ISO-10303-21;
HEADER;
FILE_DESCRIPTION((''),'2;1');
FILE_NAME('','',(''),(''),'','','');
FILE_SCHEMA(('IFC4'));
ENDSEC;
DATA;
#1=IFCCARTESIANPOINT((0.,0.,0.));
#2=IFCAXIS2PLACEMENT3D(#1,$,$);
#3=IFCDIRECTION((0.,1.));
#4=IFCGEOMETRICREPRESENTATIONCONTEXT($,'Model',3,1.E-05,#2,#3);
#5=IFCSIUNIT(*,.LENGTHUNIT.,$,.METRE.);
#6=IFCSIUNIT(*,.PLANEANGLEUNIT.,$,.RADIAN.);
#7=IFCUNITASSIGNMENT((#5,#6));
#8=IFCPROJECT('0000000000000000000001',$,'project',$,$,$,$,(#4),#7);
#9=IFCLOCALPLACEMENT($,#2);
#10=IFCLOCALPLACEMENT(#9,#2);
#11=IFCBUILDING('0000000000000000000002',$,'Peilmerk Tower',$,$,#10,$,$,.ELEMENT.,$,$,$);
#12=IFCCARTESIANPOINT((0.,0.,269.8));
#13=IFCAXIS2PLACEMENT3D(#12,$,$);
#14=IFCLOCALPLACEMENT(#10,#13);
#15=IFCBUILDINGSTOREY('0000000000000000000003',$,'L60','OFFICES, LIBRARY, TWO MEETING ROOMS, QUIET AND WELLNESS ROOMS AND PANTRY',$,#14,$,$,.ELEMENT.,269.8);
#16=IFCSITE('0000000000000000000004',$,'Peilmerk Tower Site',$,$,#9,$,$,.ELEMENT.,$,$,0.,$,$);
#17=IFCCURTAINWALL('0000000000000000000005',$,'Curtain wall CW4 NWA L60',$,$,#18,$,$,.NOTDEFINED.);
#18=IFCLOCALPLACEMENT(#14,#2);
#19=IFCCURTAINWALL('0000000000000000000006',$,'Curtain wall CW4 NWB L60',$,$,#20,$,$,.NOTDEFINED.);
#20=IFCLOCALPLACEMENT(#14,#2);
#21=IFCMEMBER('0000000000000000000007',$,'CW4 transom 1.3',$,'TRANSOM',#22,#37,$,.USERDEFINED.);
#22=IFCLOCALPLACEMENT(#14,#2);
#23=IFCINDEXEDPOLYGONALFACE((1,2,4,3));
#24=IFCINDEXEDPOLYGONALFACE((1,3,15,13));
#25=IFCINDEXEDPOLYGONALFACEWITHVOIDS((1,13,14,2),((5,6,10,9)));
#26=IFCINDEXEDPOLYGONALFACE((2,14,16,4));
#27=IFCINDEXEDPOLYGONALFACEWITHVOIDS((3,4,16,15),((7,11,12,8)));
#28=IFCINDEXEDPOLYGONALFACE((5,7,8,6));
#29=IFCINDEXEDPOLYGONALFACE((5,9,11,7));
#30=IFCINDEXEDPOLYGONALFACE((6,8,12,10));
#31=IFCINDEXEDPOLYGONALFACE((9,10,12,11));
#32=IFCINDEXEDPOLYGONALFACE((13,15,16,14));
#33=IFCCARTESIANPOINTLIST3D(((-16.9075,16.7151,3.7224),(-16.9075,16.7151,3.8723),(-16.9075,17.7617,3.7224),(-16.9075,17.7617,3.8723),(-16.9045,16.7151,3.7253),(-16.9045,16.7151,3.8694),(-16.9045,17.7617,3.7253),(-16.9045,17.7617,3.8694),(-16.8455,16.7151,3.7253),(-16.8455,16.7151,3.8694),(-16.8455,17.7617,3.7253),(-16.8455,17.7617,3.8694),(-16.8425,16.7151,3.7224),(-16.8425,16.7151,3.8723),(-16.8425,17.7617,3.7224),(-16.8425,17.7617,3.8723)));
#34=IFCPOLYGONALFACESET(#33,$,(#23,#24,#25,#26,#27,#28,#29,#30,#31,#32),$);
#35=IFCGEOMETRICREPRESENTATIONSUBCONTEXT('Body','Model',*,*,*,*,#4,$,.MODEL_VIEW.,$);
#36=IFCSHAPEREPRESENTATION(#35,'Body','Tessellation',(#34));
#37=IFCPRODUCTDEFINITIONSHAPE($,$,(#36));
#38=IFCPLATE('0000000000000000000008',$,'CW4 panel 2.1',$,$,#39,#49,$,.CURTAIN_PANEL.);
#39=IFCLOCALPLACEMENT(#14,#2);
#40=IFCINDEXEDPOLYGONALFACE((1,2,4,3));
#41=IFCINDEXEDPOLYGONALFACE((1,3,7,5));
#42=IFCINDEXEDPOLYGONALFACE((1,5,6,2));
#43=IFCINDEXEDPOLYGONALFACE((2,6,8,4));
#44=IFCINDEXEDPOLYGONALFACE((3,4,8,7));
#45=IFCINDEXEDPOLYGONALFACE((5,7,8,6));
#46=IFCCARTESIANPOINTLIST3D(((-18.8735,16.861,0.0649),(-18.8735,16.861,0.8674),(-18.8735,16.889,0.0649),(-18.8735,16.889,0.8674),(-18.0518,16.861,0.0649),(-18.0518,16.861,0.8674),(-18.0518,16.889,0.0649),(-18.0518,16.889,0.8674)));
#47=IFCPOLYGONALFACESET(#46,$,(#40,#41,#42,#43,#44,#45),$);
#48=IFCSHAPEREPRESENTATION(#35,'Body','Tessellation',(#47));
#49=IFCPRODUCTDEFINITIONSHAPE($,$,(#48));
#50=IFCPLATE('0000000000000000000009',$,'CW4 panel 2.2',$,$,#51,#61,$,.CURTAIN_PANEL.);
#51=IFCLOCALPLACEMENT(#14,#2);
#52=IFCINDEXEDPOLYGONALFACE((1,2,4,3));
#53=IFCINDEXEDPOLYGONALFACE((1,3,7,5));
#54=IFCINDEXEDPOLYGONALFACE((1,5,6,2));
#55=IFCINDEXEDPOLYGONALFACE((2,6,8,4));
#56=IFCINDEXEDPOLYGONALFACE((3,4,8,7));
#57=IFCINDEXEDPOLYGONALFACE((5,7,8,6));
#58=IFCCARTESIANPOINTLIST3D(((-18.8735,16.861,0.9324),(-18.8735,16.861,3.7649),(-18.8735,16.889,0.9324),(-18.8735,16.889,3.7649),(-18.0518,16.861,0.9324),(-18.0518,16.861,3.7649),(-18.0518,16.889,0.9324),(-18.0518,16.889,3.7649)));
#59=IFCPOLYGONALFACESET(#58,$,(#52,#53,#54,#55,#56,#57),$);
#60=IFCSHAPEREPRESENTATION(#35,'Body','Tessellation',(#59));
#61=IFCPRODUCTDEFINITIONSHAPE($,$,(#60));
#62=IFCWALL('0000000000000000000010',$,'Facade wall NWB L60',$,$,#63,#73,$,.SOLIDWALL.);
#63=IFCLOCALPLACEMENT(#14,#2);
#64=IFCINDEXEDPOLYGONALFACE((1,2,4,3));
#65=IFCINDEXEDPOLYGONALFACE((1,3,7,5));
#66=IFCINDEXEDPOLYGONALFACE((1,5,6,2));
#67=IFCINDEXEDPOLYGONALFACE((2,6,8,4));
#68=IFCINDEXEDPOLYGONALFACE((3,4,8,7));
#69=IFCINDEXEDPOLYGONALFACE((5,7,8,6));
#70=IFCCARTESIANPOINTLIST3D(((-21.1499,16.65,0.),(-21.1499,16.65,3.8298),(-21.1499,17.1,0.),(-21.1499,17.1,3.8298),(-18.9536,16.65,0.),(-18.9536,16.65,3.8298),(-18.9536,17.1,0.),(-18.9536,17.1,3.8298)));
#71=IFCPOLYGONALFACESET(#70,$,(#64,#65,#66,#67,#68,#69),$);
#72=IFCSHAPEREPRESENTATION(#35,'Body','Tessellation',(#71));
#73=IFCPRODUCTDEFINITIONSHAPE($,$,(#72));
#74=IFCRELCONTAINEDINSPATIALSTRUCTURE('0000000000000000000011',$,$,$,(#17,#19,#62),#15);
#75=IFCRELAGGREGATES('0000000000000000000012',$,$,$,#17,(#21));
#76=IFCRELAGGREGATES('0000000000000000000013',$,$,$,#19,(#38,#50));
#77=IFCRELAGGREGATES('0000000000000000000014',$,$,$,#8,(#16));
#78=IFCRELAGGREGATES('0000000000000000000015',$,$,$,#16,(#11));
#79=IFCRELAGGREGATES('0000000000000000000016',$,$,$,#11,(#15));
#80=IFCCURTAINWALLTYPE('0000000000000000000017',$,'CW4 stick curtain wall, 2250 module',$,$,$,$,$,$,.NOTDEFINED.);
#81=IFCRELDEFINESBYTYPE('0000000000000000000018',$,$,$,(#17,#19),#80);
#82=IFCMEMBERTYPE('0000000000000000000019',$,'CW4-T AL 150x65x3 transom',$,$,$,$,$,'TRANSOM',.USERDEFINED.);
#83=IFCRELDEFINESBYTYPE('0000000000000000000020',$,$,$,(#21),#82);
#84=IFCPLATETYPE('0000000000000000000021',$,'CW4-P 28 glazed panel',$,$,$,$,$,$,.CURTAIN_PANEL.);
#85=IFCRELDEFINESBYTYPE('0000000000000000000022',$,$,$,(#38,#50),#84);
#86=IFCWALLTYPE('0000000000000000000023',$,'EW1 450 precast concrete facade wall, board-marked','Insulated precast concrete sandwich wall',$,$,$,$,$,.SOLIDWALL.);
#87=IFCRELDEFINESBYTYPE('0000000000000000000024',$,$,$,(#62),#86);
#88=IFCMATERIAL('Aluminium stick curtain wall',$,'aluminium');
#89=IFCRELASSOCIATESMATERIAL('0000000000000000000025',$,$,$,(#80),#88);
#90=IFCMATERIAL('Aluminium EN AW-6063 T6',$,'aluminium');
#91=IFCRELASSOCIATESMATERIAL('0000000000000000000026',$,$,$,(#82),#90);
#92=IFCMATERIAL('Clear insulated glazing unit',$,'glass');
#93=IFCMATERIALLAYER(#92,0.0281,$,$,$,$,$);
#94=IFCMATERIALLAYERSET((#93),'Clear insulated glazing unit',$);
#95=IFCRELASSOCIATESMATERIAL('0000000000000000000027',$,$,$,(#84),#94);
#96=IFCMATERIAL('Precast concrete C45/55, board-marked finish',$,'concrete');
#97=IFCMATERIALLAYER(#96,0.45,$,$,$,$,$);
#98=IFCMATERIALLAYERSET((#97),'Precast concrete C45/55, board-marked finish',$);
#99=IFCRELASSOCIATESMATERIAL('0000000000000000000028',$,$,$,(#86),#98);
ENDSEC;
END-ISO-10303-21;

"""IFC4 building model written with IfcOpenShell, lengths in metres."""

from ifc_helpers import new_model, si_unit, direction, frame, frame_2d, origin, origin_2d, place, context, subcontext, project, spatial, rectangle, hollow_rectangle, extrude, material, layer, layer_set, material_profile, profile_set, type_object, element, aggregate, save


model = new_model("IFC4")

# Units and contexts
model_context = context("Model", 3, precision=1e-05, world=origin(), true_north=direction((0.0, 1.0)))
body_context = subcontext(model_context, "Body", "Model", "MODEL_VIEW")
ifc_project = project(units=[si_unit("LENGTHUNIT", "METRE"), si_unit("PLANEANGLEUNIT", "RADIAN")], contexts=[model_context])

# Site, building, storey
site_placement = place(None, origin())
site = spatial("IfcSite", under=ifc_project, at=site_placement, Name="Peilmerk Tower Site", CompositionType="ELEMENT", RefElevation=0.0)
building_placement = place(site_placement, origin())
building = spatial("IfcBuilding", under=site, at=building_placement, Name="Peilmerk Tower", CompositionType="ELEMENT")
storey_placement = place(building_placement, frame((0.0, 0.0, 269.8)))
storey = spatial("IfcBuildingStorey", under=building, at=storey_placement, Name="L60", Description="OFFICES, LIBRARY, TWO MEETING ROOMS, QUIET AND WELLNESS ROOMS AND PANTRY", CompositionType="ELEMENT", Elevation=269.8)

# Curtain walls
ifc_material_1 = material(Name="Aluminium stick curtain wall", Category="aluminium")
curtain_wall_type = type_object("IfcCurtainWallType", Name="CW4 stick curtain wall, 2250 module", PredefinedType="NOTDEFINED", material=ifc_material_1)
curtain_wall_1_placement = place(storey_placement, origin())
curtain_wall_1 = element("IfcCurtainWall", 1, at=curtain_wall_1_placement, inside=storey, type_object=curtain_wall_type, Name="Curtain wall CW4 NWA L60", PredefinedType="NOTDEFINED")
ifc_material_2 = material(Name="Aluminium EN AW-6063 T6", Category="aluminium")
curtain_wall_2_placement = place(storey_placement, origin())
curtain_wall_2 = element("IfcCurtainWall", 2, at=curtain_wall_2_placement, inside=storey, type_object=curtain_wall_type, Name="Curtain wall CW4 NWB L60", PredefinedType="NOTDEFINED")

# Member
ifc_material_profile_1 = material_profile(ifc_material_2, hollow_rectangle(XDim=0.0649, YDim=0.1499, WallThickness=0.0029, at=origin_2d()), Name="AL 150x65x3")
ifc_profile_set_1 = profile_set([ifc_material_profile_1], Name="Aluminium EN AW-6063 T6")
member_type_1 = type_object("IfcMemberType", Name="CW4-T AL 150x65x3 transom", ElementType="TRANSOM", PredefinedType="USERDEFINED", material=ifc_profile_set_1)
member_1_placement = place(storey_placement, frame((-16.875, 16.7151, 3.7974), z_axis=(0.0, 1.0, 0.0), x_axis=(-1.0, 0.0, 0.0)))
member_1 = element("IfcMember", 3, at=member_1_placement, type_object=member_type_1, Name="CW4 transom 1.3", ObjectType="TRANSOM", PredefinedType="USERDEFINED", context=body_context, shape_type="SweptSolid", body=[
    extrude(hollow_rectangle(XDim=0.0649, YDim=0.1499, WallThickness=0.0029, at=origin_2d()), origin(), (0.0, 0.0, 1.0), 1.0466),
])
aggregate(curtain_wall_1, [member_1])

# Plates
ifc_material_3 = material(Name="Clear insulated glazing unit", Category="glass")
ifc_layer_1 = layer(ifc_material_3, 0.0281)
ifc_layer_set_1 = layer_set([ifc_layer_1], Name="Clear insulated glazing unit")
plate_type = type_object("IfcPlateType", Name="CW4-P 28 glazed panel", PredefinedType="CURTAIN_PANEL", material=ifc_layer_set_1)
plate_1_placement = place(storey_placement, frame((-18.4626, 16.875, 0.0649), z_axis=(0.0, 0.0, 1.0), x_axis=(-1.0, 0.0, 0.0)))
plate_1 = element("IfcPlate", 4, at=plate_1_placement, type_object=plate_type, Name="CW4 panel 2.1", PredefinedType="CURTAIN_PANEL", context=body_context, shape_type="SweptSolid", body=[
    extrude(rectangle(XDim=0.8218, YDim=0.0281, at=origin_2d()), origin(), (0.0, 0.0, 1.0), 0.8025),
])
plate_2_placement = place(storey_placement, frame((-18.4626, 16.875, 0.9324), z_axis=(0.0, 0.0, 1.0), x_axis=(-1.0, 0.0, 0.0)))
plate_2 = element("IfcPlate", 5, at=plate_2_placement, type_object=plate_type, Name="CW4 panel 2.2", PredefinedType="CURTAIN_PANEL", context=body_context, shape_type="SweptSolid", body=[
    extrude(rectangle(XDim=0.8218, YDim=0.0281, at=origin_2d()), origin(), (0.0, 0.0, 1.0), 2.8325),
])
aggregate(curtain_wall_2, [plate_1, plate_2])

# Wall
ifc_material_4 = material(Name="Precast concrete C45/55, board-marked finish", Category="concrete")
ifc_layer_2 = layer(ifc_material_4, 0.45)
ifc_layer_set_2 = layer_set([ifc_layer_2], Name="Precast concrete C45/55, board-marked finish")
wall_type_1 = type_object("IfcWallType", Name="EW1 450 precast concrete facade wall, board-marked", Description="Insulated precast concrete sandwich wall", PredefinedType="SOLIDWALL", material=ifc_layer_set_2)
wall_1_placement = place(storey_placement, frame((-18.9536, 16.875, 0.0), z_axis=(0.0, 0.0, 1.0), x_axis=(-1.0, 0.0, 0.0)))
element("IfcWall", 6, at=wall_1_placement, inside=storey, type_object=wall_type_1, Name="Facade wall NWB L60", PredefinedType="SOLIDWALL", context=body_context, shape_type="SweptSolid", body=[
    extrude(rectangle(XDim=2.1963, YDim=0.45, at=frame_2d((1.0981, 0.0))), origin(), (0.0, 0.0, 1.0), 3.8298),
])

save(model, "model.ifc")
